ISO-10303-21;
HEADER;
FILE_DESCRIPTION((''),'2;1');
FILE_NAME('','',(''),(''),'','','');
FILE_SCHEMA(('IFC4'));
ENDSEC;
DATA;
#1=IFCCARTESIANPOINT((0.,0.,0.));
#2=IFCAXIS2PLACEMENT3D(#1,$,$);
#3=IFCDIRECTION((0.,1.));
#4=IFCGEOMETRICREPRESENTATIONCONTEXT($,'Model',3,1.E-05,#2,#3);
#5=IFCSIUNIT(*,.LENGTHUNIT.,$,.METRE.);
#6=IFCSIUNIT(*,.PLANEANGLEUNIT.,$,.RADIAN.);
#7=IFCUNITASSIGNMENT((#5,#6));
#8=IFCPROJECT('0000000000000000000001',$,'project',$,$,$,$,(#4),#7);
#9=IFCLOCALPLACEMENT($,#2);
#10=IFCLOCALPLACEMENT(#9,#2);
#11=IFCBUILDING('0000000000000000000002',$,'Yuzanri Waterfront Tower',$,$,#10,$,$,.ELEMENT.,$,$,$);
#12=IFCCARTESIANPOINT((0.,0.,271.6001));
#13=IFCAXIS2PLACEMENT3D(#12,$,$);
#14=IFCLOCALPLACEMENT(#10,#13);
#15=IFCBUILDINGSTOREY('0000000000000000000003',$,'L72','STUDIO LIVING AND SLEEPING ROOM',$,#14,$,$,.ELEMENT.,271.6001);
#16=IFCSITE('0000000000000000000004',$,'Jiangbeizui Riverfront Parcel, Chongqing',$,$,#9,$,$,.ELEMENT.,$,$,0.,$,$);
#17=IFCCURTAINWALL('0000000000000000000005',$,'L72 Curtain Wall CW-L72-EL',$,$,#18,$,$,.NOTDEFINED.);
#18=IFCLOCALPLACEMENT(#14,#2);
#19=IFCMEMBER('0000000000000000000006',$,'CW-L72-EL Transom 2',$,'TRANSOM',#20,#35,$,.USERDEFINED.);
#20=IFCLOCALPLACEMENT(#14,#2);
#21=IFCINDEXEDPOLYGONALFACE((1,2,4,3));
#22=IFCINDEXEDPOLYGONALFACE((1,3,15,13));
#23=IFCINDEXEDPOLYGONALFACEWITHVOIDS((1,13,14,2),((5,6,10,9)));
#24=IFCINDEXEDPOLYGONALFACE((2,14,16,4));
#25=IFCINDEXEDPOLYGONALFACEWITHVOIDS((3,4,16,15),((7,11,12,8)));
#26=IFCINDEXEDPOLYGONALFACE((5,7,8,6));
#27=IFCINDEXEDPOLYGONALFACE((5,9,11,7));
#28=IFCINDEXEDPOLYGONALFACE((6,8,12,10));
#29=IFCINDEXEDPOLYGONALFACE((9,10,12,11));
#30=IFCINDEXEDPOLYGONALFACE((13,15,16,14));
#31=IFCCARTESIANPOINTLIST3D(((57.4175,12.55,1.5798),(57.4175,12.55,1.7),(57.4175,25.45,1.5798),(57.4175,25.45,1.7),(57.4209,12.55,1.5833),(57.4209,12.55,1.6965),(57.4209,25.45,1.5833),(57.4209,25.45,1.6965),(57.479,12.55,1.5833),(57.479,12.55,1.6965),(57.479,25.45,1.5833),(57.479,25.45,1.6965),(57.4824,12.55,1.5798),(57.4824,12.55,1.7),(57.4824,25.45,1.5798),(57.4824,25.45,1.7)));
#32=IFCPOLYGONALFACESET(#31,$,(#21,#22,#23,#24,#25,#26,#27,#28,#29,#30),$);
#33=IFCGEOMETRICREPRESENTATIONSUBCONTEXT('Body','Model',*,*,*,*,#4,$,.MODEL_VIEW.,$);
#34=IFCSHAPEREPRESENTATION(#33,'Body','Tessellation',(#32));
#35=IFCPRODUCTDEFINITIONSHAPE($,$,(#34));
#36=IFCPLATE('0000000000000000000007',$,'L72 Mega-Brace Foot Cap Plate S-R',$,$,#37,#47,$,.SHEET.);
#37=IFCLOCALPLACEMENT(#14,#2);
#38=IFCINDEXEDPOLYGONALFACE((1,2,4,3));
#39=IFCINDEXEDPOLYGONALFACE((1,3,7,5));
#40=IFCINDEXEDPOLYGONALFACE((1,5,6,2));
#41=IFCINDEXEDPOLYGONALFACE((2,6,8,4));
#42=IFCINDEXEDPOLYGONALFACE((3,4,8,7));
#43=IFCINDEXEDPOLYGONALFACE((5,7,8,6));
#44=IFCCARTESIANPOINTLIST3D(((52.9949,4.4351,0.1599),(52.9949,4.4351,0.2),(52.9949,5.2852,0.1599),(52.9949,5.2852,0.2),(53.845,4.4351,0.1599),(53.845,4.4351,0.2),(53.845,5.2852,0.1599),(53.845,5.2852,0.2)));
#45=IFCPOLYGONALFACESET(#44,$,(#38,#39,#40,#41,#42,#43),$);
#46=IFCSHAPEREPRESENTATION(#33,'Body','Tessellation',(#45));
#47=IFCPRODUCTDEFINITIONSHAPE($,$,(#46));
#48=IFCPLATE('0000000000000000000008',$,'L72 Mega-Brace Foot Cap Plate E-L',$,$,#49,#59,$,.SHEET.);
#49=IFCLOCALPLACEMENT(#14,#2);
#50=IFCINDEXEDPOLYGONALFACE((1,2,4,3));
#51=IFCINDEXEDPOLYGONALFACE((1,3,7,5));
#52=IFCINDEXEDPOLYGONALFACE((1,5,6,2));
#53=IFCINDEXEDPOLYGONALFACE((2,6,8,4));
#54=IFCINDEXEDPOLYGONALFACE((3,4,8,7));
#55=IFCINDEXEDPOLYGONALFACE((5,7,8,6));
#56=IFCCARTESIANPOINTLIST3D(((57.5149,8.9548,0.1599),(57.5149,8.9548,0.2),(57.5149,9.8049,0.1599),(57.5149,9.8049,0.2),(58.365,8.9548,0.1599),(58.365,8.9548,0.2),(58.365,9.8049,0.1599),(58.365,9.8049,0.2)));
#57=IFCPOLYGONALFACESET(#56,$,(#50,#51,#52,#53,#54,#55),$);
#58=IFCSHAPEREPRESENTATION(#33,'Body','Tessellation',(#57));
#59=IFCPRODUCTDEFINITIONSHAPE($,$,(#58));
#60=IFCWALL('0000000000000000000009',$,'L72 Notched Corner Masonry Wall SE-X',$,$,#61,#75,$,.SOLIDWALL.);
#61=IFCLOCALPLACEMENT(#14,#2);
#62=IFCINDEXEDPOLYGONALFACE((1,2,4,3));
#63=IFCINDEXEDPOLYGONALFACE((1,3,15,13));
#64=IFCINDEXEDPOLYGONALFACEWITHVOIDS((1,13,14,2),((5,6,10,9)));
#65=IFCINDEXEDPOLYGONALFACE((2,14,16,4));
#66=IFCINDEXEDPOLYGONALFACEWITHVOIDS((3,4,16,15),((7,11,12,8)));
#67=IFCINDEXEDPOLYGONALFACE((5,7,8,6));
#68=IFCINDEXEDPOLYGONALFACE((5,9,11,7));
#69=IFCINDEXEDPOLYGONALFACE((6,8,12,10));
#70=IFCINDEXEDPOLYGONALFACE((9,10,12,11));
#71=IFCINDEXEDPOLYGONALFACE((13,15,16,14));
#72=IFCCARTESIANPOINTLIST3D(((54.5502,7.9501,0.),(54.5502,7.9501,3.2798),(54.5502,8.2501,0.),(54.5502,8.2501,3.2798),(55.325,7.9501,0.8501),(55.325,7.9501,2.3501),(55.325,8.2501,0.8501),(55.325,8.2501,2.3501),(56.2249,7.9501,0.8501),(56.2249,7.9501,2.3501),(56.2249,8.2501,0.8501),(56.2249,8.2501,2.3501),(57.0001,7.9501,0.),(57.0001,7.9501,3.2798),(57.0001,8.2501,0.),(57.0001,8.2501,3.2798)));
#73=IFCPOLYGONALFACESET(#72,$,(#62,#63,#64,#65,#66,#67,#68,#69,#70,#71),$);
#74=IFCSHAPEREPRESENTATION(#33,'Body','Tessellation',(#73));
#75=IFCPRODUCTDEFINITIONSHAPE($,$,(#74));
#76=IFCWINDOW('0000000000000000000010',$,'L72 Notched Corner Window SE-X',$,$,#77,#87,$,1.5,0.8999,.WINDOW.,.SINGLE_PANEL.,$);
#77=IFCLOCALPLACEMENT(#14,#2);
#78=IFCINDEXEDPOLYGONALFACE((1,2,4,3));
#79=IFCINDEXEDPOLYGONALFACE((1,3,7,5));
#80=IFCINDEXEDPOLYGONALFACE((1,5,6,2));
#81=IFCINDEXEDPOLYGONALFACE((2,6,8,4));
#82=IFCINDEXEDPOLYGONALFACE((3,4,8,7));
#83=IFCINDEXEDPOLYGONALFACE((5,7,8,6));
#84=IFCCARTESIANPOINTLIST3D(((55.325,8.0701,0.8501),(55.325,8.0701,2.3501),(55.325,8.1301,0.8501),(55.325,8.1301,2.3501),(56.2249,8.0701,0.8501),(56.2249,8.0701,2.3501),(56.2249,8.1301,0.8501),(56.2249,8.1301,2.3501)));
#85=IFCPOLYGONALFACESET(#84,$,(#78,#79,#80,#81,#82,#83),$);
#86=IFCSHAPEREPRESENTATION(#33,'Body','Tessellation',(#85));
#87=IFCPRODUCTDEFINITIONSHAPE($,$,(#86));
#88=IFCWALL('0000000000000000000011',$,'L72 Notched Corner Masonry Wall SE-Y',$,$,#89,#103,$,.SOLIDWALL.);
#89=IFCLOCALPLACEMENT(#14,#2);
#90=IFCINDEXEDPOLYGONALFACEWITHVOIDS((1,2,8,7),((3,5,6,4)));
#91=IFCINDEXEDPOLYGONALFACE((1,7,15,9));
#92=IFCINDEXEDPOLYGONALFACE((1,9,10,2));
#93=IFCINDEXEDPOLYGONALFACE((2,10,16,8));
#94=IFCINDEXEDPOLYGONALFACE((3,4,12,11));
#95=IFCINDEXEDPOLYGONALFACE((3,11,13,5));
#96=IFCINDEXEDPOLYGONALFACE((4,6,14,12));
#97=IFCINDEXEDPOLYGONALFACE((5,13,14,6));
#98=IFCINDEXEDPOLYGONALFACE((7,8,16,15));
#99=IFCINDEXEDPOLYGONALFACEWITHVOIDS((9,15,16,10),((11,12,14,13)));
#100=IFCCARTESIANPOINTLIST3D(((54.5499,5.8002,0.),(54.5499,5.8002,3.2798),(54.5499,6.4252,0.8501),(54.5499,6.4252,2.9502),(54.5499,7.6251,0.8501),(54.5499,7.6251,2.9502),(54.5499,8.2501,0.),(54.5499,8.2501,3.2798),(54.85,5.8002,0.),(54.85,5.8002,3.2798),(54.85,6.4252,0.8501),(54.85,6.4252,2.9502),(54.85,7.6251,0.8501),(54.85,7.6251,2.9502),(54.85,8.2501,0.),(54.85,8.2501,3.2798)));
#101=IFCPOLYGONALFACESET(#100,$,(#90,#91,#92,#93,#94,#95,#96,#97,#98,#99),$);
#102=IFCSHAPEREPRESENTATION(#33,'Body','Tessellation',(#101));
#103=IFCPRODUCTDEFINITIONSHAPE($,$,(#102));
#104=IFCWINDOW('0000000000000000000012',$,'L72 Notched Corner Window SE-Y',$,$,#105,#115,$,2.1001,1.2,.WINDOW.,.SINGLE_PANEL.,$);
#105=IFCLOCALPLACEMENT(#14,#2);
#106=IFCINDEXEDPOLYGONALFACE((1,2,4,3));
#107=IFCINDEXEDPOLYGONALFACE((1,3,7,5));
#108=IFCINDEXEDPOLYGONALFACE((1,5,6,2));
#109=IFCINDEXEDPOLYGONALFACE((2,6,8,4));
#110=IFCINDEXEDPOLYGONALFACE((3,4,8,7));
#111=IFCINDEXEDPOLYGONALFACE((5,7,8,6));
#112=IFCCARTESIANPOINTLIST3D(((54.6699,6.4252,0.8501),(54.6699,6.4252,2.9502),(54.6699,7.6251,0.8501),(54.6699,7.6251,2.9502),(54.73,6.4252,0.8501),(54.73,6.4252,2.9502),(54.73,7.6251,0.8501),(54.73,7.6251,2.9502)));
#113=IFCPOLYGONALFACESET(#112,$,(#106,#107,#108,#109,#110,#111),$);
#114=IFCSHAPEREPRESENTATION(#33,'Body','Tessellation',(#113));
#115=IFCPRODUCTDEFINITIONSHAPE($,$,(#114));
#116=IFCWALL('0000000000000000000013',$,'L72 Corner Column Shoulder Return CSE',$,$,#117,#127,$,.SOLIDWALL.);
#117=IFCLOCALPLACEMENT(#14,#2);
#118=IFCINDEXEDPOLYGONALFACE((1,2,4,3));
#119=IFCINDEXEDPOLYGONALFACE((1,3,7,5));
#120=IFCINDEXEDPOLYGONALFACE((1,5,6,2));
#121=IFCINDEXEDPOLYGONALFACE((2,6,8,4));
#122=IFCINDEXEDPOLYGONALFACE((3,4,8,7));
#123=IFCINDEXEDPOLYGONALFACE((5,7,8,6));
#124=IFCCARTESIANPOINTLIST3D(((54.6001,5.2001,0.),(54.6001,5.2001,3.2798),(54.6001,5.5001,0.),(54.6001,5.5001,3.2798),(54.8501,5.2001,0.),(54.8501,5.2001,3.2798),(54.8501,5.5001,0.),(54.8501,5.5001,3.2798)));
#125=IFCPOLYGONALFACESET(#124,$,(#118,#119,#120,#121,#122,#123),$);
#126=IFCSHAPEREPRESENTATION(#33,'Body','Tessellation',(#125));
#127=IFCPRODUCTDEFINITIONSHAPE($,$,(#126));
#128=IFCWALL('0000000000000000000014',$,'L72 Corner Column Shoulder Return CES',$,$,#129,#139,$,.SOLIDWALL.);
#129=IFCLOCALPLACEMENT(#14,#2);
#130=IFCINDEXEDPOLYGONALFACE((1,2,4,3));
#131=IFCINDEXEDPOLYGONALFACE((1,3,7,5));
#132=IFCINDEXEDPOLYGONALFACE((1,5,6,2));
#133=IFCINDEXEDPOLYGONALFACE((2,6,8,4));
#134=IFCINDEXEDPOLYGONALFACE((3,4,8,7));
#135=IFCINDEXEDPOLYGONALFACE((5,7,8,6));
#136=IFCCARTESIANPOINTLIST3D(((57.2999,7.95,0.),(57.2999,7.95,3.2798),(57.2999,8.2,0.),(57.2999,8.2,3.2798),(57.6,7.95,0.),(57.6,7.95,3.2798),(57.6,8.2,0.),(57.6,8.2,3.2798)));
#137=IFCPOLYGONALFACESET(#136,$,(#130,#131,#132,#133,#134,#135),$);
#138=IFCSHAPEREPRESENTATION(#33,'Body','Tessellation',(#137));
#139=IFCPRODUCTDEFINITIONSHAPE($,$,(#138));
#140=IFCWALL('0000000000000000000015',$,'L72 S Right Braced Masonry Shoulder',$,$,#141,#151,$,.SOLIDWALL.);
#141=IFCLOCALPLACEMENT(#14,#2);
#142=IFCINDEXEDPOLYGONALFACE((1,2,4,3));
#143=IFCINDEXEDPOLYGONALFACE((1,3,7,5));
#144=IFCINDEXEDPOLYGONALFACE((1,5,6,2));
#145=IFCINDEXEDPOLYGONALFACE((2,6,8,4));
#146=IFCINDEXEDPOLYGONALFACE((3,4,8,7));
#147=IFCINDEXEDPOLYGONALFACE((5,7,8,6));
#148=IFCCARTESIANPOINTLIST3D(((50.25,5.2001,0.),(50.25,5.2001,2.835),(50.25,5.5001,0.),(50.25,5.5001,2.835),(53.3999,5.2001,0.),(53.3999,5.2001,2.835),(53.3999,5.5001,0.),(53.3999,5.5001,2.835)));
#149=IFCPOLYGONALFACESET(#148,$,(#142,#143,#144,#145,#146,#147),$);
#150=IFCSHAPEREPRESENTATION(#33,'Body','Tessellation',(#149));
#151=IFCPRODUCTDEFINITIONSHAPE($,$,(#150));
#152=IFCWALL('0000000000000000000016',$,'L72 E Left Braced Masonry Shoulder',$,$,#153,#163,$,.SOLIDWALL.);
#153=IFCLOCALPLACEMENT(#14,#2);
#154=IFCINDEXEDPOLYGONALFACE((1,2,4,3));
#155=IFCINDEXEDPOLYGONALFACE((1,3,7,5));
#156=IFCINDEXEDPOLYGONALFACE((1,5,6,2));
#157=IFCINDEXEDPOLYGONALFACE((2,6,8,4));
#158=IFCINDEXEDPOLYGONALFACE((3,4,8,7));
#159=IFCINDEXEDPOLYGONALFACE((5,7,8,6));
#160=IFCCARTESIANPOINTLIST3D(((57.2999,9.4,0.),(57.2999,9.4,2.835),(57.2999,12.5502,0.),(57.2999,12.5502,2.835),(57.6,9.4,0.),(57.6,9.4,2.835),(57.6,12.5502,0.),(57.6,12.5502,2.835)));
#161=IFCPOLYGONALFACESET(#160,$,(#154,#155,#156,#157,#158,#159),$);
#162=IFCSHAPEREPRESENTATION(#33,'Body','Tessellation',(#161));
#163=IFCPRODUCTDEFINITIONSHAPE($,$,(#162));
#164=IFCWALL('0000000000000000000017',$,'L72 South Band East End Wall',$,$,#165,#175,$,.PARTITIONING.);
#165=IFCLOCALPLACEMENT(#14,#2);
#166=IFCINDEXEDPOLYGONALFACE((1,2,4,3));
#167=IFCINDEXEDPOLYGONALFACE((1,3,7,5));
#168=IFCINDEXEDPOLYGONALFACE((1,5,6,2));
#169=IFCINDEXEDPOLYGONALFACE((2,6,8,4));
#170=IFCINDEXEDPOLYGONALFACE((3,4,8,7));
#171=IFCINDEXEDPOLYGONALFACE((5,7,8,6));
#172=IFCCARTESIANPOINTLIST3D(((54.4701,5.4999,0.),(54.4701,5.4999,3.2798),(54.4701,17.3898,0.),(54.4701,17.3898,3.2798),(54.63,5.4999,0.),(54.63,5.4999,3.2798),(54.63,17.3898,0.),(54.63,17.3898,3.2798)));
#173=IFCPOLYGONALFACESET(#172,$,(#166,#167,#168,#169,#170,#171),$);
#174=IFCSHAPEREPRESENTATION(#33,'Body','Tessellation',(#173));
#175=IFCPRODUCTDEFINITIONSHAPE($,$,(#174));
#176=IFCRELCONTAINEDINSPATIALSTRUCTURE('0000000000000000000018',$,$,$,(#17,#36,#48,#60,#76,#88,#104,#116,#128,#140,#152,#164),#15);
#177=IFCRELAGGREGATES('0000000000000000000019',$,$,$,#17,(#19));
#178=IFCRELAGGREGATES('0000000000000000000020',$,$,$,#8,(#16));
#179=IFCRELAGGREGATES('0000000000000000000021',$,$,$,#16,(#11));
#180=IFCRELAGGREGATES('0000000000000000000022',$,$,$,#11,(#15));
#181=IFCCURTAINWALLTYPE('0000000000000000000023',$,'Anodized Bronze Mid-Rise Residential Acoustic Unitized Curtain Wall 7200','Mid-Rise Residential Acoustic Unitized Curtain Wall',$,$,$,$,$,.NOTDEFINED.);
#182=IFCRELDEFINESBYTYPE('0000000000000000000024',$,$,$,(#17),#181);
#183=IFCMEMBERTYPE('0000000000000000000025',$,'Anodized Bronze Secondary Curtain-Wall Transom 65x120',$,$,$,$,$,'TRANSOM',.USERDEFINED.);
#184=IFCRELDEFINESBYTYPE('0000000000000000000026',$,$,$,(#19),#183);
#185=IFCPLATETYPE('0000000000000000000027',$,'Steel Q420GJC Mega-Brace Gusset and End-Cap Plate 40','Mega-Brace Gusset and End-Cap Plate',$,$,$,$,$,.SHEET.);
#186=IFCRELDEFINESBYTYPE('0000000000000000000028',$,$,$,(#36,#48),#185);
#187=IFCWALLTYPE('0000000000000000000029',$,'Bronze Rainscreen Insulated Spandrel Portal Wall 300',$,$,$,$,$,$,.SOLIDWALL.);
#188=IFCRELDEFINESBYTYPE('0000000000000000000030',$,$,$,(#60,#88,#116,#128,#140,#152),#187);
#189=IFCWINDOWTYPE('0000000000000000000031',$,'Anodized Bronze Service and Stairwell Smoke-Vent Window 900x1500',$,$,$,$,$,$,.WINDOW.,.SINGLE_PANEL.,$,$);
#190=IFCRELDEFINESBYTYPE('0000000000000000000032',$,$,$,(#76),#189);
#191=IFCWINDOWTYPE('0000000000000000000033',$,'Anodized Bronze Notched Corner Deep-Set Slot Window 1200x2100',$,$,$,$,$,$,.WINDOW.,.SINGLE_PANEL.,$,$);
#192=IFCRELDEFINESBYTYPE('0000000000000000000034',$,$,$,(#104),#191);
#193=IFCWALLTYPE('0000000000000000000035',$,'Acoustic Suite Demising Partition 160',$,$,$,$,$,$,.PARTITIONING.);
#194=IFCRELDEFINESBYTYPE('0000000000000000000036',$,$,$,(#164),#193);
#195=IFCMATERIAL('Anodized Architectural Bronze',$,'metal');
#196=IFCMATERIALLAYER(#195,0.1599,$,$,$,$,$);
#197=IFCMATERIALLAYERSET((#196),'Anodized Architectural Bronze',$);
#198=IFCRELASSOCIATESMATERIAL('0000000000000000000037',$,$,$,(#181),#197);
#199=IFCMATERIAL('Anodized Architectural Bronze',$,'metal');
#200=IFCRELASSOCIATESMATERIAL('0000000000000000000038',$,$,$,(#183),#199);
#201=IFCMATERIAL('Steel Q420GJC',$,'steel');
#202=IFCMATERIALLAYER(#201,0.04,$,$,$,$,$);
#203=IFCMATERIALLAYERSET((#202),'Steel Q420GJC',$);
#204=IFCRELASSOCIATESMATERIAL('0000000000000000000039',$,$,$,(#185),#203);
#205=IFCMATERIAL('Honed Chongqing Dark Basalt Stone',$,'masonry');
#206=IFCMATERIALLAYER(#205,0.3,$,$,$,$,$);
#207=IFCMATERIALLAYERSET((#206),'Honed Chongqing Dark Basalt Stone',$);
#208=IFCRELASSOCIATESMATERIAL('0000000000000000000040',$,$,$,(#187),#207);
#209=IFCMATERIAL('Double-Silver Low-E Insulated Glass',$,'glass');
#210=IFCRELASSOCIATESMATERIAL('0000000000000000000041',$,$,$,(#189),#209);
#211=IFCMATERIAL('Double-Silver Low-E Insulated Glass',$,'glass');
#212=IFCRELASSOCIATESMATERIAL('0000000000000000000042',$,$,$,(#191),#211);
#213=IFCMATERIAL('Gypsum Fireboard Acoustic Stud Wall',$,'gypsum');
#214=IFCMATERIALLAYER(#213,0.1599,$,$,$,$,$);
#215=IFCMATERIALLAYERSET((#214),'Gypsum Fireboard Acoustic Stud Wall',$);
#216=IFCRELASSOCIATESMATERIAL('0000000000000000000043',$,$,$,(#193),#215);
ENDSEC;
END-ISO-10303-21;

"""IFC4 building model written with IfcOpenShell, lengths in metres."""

from ifc_helpers import new_model, si_unit, direction, frame, frame_2d, origin, origin_2d, place, context, subcontext, project, spatial, rectangle, hollow_rectangle, extrude, source, transform, mapped, material, layer, layer_set, material_profile, profile_set, type_object, element, fill, aggregate, save


model = new_model("IFC4")

# Units and contexts
model_context = context("Model", 3, precision=1e-05, world=origin(), true_north=direction((0.0, 1.0)))
body_context = subcontext(model_context, "Body", "Model", "MODEL_VIEW")
ifc_project = project(units=[si_unit("LENGTHUNIT", "METRE"), si_unit("PLANEANGLEUNIT", "RADIAN")], contexts=[model_context])

# Site, building, storey
site_placement = place(None, origin())
site = spatial("IfcSite", under=ifc_project, at=site_placement, Name="Jiangbeizui Riverfront Parcel, Chongqing", CompositionType="ELEMENT", RefElevation=0.0)
building_placement = place(site_placement, origin())
building = spatial("IfcBuilding", under=site, at=building_placement, Name="Yuzanri Waterfront Tower", CompositionType="ELEMENT")
storey_placement = place(building_placement, frame((0.0, 0.0, 271.6001)))
storey = spatial("IfcBuildingStorey", under=building, at=storey_placement, Name="L72", Description="STUDIO LIVING AND SLEEPING ROOM", CompositionType="ELEMENT", Elevation=271.6001)

# Curtain wall, member
ifc_material_1 = material(Name="Anodized Architectural Bronze", Category="metal")
ifc_layer_1 = layer(ifc_material_1, 0.1599)
ifc_layer_set_1 = layer_set([ifc_layer_1], Name="Anodized Architectural Bronze")
curtain_wall_type = type_object("IfcCurtainWallType", Name="Anodized Bronze Mid-Rise Residential Acoustic Unitized Curtain Wall 7200", Description="Mid-Rise Residential Acoustic Unitized Curtain Wall", PredefinedType="NOTDEFINED", material=ifc_layer_set_1)
curtain_wall_1_placement = place(storey_placement, origin())
curtain_wall_1 = element("IfcCurtainWall", 1, at=curtain_wall_1_placement, inside=storey, type_object=curtain_wall_type, Name="L72 Curtain Wall CW-L72-EL", PredefinedType="NOTDEFINED")
ifc_material_2 = material(Name="Anodized Architectural Bronze", Category="metal")
ifc_material_profile_1 = material_profile(ifc_material_2, hollow_rectangle(XDim=0.0649, YDim=0.1201, WallThickness=0.0034, at=origin_2d()), Name="CWT 65x120")
ifc_profile_set_1 = profile_set([ifc_material_profile_1], Name="Anodized Architectural Bronze")
member_type_1 = type_object("IfcMemberType", Name="Anodized Bronze Secondary Curtain-Wall Transom 65x120", ElementType="TRANSOM", PredefinedType="USERDEFINED", material=ifc_profile_set_1)
shared_shape_1 = source(origin(), body_context, "Body", "SweptSolid", [
    extrude(hollow_rectangle(XDim=0.0649, YDim=0.1201, WallThickness=0.0034, at=origin_2d()), origin(), (0.0, 0.0, 1.0), 12.8999),
])
member_1_placement = place(storey_placement, frame((57.45, 12.55, 1.6399), z_axis=(0.0, 1.0, 0.0), x_axis=(-1.0, 0.0, 0.0)))
member_1 = element("IfcMember", 2, at=member_1_placement, type_object=member_type_1, Name="CW-L72-EL Transom 2", ObjectType="TRANSOM", PredefinedType="USERDEFINED", context=body_context, shape_type="MappedRepresentation", body=[
    mapped(shared_shape_1, transform((0.0, 0.0, 0.0), scale=1.0)),
])
aggregate(curtain_wall_1, [member_1])

# Plates
ifc_material_3 = material(Name="Steel Q420GJC", Category="steel")
ifc_layer_2 = layer(ifc_material_3, 0.04)
ifc_layer_set_2 = layer_set([ifc_layer_2], Name="Steel Q420GJC")
plate_type = type_object("IfcPlateType", Name="Steel Q420GJC Mega-Brace Gusset and End-Cap Plate 40", Description="Mega-Brace Gusset and End-Cap Plate", PredefinedType="SHEET", material=ifc_layer_set_2)
shared_shape_2 = source(origin(), body_context, "Body", "SweptSolid", [
    extrude(rectangle(XDim=0.8501, YDim=0.8501, at=origin_2d()), origin(), (0.0, 0.0, 1.0), 0.04),
])
for number, where, z_axis, x_axis, name in (
    (3, (53.4199, 4.8601, 0.1599), (0.0, 0.0, 1.0), (1.0, 0.0, 0.0), "L72 Mega-Brace Foot Cap Plate S-R"),
    (4, (57.9399, 9.3799, 0.1599), (0.0, 0.0, 1.0), (1.0, 0.0, 0.0), "L72 Mega-Brace Foot Cap Plate E-L"),
):
    element("IfcPlate", number, at=place(storey_placement, frame(where, z_axis=z_axis, x_axis=x_axis)), inside=storey, type_object=plate_type, Name=name, PredefinedType="SHEET", context=body_context, shape_type="MappedRepresentation", body=[
        mapped(shared_shape_2, transform((0.0, 0.0, 0.0), scale=1.0)),
    ])

# Walls, openings, windows
ifc_material_4 = material(Name="Honed Chongqing Dark Basalt Stone", Category="masonry")
ifc_layer_3 = layer(ifc_material_4, 0.3)
ifc_layer_set_3 = layer_set([ifc_layer_3], Name="Honed Chongqing Dark Basalt Stone")
wall_type_1 = type_object("IfcWallType", Name="Bronze Rainscreen Insulated Spandrel Portal Wall 300", PredefinedType="SOLIDWALL", material=ifc_layer_set_3)
wall_1_placement = place(storey_placement, frame((54.55, 8.1001, 0.0), z_axis=(0.0, 0.0, 1.0), x_axis=(1.0, 0.0, 0.0)))
wall_1 = element("IfcWall", 5, at=wall_1_placement, inside=storey, type_object=wall_type_1, Name="L72 Notched Corner Masonry Wall SE-X", PredefinedType="SOLIDWALL", context=body_context, shape_type="SweptSolid", body=[
    extrude(rectangle(XDim=2.45, YDim=0.3, at=frame_2d((1.2251, 0.0))), origin(), (0.0, 0.0, 1.0), 3.2798),
])
opening_1_placement = place(wall_1_placement, frame((0.7749, 0.0, 0.8501)))
opening_1 = element("IfcOpeningElement", 6, at=opening_1_placement, cuts=wall_1, PredefinedType="OPENING", context=body_context, shape_type="SweptSolid", body=[
    extrude(rectangle(XDim=0.8999, YDim=1.5, at=frame_2d((0.45, 0.75))), frame((0.0, 0.165, 0.0), z_axis=(0.0, -1.0, 0.0), x_axis=(1.0, 0.0, 0.0)), (0.0, 0.0, 1.0), 0.3298),
])
ifc_material_5 = material(Name="Double-Silver Low-E Insulated Glass", Category="glass")
window_type_1 = type_object("IfcWindowType", Name="Anodized Bronze Service and Stairwell Smoke-Vent Window 900x1500", PartitioningType="SINGLE_PANEL", PredefinedType="WINDOW", material=ifc_material_5)
shared_shape_3 = source(origin(), body_context, "Body", "SweptSolid", [
    extrude(rectangle(XDim=0.8999, YDim=1.5, at=frame_2d((0.45, 0.75))), frame((0.0, 0.03, 0.0), z_axis=(0.0, -1.0, 0.0), x_axis=(1.0, 0.0, 0.0)), (0.0, 0.0, 1.0), 0.0601),
])
window_1_placement = place(opening_1_placement, origin())
window_1 = element("IfcWindow", 7, at=window_1_placement, inside=storey, type_object=window_type_1, Name="L72 Notched Corner Window SE-X", OverallHeight=1.5, OverallWidth=0.8999, PartitioningType="SINGLE_PANEL", PredefinedType="WINDOW", context=body_context, shape_type="MappedRepresentation", body=[
    mapped(shared_shape_3, transform((0.0, 0.0, 0.0), scale=1.0)),
])
fill(opening_1, window_1)
wall_2_placement = place(storey_placement, frame((54.7, 5.8, 0.0), z_axis=(0.0, 0.0, 1.0), x_axis=(0.0, 1.0, 0.0)))
wall_2 = element("IfcWall", 8, at=wall_2_placement, inside=storey, type_object=wall_type_1, Name="L72 Notched Corner Masonry Wall SE-Y", PredefinedType="SOLIDWALL", context=body_context, shape_type="SweptSolid", body=[
    extrude(rectangle(XDim=2.45, YDim=0.3, at=frame_2d((1.2251, 0.0))), origin(), (0.0, 0.0, 1.0), 3.2798),
])
opening_2_placement = place(wall_2_placement, frame((0.625, 0.0, 0.8501)))
opening_2 = element("IfcOpeningElement", 9, at=opening_2_placement, cuts=wall_2, PredefinedType="OPENING", context=body_context, shape_type="SweptSolid", body=[
    extrude(rectangle(XDim=1.2, YDim=2.1001, at=frame_2d((0.6001, 1.05))), frame((0.0, 0.165, 0.0), z_axis=(0.0, -1.0, 0.0), x_axis=(1.0, 0.0, 0.0)), (0.0, 0.0, 1.0), 0.3298),
])
ifc_material_6 = material(Name="Double-Silver Low-E Insulated Glass", Category="glass")
window_type_2 = type_object("IfcWindowType", Name="Anodized Bronze Notched Corner Deep-Set Slot Window 1200x2100", PartitioningType="SINGLE_PANEL", PredefinedType="WINDOW", material=ifc_material_6)
shared_shape_4 = source(origin(), body_context, "Body", "SweptSolid", [
    extrude(rectangle(XDim=1.2, YDim=2.1001, at=frame_2d((0.6001, 1.05))), frame((0.0, 0.03, 0.0), z_axis=(0.0, -1.0, 0.0), x_axis=(1.0, 0.0, 0.0)), (0.0, 0.0, 1.0), 0.0601),
])
window_2_placement = place(opening_2_placement, origin())
window_2 = element("IfcWindow", 10, at=window_2_placement, inside=storey, type_object=window_type_2, Name="L72 Notched Corner Window SE-Y", OverallHeight=2.1001, OverallWidth=1.2, PartitioningType="SINGLE_PANEL", PredefinedType="WINDOW", context=body_context, shape_type="MappedRepresentation", body=[
    mapped(shared_shape_4, transform((0.0, 0.0, 0.0), scale=1.0)),
])
fill(opening_2, window_2)

# Walls
shared_shape_5 = source(origin(), body_context, "Body", "SweptSolid", [
    extrude(rectangle(XDim=0.25, YDim=0.3, at=frame_2d((0.125, 0.0))), origin(), (0.0, 0.0, 1.0), 3.2798),
])
for number, where, z_axis, x_axis, name in (
    (11, (54.6001, 5.3501, 0.0), (0.0, 0.0, 1.0), (1.0, 0.0, 0.0), "L72 Corner Column Shoulder Return CSE"),
    (12, (57.45, 7.95, 0.0), (0.0, 0.0, 1.0), (0.0, 1.0, 0.0), "L72 Corner Column Shoulder Return CES"),
):
    element("IfcWall", number, at=place(storey_placement, frame(where, z_axis=z_axis, x_axis=x_axis)), inside=storey, type_object=wall_type_1, Name=name, PredefinedType="SOLIDWALL", context=body_context, shape_type="MappedRepresentation", body=[
        mapped(shared_shape_5, transform((0.0, 0.0, 0.0), scale=1.0)),
    ])
shared_shape_6 = source(origin(), body_context, "Body", "SweptSolid", [
    extrude(rectangle(XDim=3.1499, YDim=0.3, at=frame_2d((1.575, 0.0))), origin(), (0.0, 0.0, 1.0), 2.835),
])
wall_3_placement = place(storey_placement, frame((50.25, 5.3501, 0.0), z_axis=(0.0, 0.0, 1.0), x_axis=(1.0, 0.0, 0.0)))
element("IfcWall", 13, at=wall_3_placement, inside=storey, type_object=wall_type_1, Name="L72 S Right Braced Masonry Shoulder", PredefinedType="SOLIDWALL", context=body_context, shape_type="MappedRepresentation", body=[
    mapped(shared_shape_6, transform((0.0, 0.0, 0.0), scale=1.0)),
])
shared_shape_7 = source(origin(), body_context, "Body", "SweptSolid", [
    extrude(rectangle(XDim=3.1501, YDim=0.3, at=frame_2d((1.5752, 0.0))), origin(), (0.0, 0.0, 1.0), 2.835),
])
wall_4_placement = place(storey_placement, frame((57.45, 9.3999, 0.0), z_axis=(0.0, 0.0, 1.0), x_axis=(0.0, 1.0, 0.0)))
element("IfcWall", 14, at=wall_4_placement, inside=storey, type_object=wall_type_1, Name="L72 E Left Braced Masonry Shoulder", PredefinedType="SOLIDWALL", context=body_context, shape_type="MappedRepresentation", body=[
    mapped(shared_shape_7, transform((0.0, 0.0, 0.0), scale=1.0)),
])
ifc_material_7 = material(Name="Gypsum Fireboard Acoustic Stud Wall", Category="gypsum")
ifc_layer_4 = layer(ifc_material_7, 0.1599)
ifc_layer_set_4 = layer_set([ifc_layer_4], Name="Gypsum Fireboard Acoustic Stud Wall")
wall_type_2 = type_object("IfcWallType", Name="Acoustic Suite Demising Partition 160", PredefinedType="PARTITIONING", material=ifc_layer_set_4)
shared_shape_8 = source(origin(), body_context, "Body", "SweptSolid", [
    extrude(rectangle(XDim=11.8899, YDim=0.1599, at=frame_2d((5.9448, 0.0))), origin(), (0.0, 0.0, 1.0), 3.2798),
])
wall_5_placement = place(storey_placement, frame((54.55, 5.5, 0.0), z_axis=(0.0, 0.0, 1.0), x_axis=(0.0, 1.0, 0.0)))
element("IfcWall", 15, at=wall_5_placement, inside=storey, type_object=wall_type_2, Name="L72 South Band East End Wall", PredefinedType="PARTITIONING", context=body_context, shape_type="MappedRepresentation", body=[
    mapped(shared_shape_8, transform((0.0, 0.0, 0.0), scale=1.0)),
])

save(model, "model.ifc")
